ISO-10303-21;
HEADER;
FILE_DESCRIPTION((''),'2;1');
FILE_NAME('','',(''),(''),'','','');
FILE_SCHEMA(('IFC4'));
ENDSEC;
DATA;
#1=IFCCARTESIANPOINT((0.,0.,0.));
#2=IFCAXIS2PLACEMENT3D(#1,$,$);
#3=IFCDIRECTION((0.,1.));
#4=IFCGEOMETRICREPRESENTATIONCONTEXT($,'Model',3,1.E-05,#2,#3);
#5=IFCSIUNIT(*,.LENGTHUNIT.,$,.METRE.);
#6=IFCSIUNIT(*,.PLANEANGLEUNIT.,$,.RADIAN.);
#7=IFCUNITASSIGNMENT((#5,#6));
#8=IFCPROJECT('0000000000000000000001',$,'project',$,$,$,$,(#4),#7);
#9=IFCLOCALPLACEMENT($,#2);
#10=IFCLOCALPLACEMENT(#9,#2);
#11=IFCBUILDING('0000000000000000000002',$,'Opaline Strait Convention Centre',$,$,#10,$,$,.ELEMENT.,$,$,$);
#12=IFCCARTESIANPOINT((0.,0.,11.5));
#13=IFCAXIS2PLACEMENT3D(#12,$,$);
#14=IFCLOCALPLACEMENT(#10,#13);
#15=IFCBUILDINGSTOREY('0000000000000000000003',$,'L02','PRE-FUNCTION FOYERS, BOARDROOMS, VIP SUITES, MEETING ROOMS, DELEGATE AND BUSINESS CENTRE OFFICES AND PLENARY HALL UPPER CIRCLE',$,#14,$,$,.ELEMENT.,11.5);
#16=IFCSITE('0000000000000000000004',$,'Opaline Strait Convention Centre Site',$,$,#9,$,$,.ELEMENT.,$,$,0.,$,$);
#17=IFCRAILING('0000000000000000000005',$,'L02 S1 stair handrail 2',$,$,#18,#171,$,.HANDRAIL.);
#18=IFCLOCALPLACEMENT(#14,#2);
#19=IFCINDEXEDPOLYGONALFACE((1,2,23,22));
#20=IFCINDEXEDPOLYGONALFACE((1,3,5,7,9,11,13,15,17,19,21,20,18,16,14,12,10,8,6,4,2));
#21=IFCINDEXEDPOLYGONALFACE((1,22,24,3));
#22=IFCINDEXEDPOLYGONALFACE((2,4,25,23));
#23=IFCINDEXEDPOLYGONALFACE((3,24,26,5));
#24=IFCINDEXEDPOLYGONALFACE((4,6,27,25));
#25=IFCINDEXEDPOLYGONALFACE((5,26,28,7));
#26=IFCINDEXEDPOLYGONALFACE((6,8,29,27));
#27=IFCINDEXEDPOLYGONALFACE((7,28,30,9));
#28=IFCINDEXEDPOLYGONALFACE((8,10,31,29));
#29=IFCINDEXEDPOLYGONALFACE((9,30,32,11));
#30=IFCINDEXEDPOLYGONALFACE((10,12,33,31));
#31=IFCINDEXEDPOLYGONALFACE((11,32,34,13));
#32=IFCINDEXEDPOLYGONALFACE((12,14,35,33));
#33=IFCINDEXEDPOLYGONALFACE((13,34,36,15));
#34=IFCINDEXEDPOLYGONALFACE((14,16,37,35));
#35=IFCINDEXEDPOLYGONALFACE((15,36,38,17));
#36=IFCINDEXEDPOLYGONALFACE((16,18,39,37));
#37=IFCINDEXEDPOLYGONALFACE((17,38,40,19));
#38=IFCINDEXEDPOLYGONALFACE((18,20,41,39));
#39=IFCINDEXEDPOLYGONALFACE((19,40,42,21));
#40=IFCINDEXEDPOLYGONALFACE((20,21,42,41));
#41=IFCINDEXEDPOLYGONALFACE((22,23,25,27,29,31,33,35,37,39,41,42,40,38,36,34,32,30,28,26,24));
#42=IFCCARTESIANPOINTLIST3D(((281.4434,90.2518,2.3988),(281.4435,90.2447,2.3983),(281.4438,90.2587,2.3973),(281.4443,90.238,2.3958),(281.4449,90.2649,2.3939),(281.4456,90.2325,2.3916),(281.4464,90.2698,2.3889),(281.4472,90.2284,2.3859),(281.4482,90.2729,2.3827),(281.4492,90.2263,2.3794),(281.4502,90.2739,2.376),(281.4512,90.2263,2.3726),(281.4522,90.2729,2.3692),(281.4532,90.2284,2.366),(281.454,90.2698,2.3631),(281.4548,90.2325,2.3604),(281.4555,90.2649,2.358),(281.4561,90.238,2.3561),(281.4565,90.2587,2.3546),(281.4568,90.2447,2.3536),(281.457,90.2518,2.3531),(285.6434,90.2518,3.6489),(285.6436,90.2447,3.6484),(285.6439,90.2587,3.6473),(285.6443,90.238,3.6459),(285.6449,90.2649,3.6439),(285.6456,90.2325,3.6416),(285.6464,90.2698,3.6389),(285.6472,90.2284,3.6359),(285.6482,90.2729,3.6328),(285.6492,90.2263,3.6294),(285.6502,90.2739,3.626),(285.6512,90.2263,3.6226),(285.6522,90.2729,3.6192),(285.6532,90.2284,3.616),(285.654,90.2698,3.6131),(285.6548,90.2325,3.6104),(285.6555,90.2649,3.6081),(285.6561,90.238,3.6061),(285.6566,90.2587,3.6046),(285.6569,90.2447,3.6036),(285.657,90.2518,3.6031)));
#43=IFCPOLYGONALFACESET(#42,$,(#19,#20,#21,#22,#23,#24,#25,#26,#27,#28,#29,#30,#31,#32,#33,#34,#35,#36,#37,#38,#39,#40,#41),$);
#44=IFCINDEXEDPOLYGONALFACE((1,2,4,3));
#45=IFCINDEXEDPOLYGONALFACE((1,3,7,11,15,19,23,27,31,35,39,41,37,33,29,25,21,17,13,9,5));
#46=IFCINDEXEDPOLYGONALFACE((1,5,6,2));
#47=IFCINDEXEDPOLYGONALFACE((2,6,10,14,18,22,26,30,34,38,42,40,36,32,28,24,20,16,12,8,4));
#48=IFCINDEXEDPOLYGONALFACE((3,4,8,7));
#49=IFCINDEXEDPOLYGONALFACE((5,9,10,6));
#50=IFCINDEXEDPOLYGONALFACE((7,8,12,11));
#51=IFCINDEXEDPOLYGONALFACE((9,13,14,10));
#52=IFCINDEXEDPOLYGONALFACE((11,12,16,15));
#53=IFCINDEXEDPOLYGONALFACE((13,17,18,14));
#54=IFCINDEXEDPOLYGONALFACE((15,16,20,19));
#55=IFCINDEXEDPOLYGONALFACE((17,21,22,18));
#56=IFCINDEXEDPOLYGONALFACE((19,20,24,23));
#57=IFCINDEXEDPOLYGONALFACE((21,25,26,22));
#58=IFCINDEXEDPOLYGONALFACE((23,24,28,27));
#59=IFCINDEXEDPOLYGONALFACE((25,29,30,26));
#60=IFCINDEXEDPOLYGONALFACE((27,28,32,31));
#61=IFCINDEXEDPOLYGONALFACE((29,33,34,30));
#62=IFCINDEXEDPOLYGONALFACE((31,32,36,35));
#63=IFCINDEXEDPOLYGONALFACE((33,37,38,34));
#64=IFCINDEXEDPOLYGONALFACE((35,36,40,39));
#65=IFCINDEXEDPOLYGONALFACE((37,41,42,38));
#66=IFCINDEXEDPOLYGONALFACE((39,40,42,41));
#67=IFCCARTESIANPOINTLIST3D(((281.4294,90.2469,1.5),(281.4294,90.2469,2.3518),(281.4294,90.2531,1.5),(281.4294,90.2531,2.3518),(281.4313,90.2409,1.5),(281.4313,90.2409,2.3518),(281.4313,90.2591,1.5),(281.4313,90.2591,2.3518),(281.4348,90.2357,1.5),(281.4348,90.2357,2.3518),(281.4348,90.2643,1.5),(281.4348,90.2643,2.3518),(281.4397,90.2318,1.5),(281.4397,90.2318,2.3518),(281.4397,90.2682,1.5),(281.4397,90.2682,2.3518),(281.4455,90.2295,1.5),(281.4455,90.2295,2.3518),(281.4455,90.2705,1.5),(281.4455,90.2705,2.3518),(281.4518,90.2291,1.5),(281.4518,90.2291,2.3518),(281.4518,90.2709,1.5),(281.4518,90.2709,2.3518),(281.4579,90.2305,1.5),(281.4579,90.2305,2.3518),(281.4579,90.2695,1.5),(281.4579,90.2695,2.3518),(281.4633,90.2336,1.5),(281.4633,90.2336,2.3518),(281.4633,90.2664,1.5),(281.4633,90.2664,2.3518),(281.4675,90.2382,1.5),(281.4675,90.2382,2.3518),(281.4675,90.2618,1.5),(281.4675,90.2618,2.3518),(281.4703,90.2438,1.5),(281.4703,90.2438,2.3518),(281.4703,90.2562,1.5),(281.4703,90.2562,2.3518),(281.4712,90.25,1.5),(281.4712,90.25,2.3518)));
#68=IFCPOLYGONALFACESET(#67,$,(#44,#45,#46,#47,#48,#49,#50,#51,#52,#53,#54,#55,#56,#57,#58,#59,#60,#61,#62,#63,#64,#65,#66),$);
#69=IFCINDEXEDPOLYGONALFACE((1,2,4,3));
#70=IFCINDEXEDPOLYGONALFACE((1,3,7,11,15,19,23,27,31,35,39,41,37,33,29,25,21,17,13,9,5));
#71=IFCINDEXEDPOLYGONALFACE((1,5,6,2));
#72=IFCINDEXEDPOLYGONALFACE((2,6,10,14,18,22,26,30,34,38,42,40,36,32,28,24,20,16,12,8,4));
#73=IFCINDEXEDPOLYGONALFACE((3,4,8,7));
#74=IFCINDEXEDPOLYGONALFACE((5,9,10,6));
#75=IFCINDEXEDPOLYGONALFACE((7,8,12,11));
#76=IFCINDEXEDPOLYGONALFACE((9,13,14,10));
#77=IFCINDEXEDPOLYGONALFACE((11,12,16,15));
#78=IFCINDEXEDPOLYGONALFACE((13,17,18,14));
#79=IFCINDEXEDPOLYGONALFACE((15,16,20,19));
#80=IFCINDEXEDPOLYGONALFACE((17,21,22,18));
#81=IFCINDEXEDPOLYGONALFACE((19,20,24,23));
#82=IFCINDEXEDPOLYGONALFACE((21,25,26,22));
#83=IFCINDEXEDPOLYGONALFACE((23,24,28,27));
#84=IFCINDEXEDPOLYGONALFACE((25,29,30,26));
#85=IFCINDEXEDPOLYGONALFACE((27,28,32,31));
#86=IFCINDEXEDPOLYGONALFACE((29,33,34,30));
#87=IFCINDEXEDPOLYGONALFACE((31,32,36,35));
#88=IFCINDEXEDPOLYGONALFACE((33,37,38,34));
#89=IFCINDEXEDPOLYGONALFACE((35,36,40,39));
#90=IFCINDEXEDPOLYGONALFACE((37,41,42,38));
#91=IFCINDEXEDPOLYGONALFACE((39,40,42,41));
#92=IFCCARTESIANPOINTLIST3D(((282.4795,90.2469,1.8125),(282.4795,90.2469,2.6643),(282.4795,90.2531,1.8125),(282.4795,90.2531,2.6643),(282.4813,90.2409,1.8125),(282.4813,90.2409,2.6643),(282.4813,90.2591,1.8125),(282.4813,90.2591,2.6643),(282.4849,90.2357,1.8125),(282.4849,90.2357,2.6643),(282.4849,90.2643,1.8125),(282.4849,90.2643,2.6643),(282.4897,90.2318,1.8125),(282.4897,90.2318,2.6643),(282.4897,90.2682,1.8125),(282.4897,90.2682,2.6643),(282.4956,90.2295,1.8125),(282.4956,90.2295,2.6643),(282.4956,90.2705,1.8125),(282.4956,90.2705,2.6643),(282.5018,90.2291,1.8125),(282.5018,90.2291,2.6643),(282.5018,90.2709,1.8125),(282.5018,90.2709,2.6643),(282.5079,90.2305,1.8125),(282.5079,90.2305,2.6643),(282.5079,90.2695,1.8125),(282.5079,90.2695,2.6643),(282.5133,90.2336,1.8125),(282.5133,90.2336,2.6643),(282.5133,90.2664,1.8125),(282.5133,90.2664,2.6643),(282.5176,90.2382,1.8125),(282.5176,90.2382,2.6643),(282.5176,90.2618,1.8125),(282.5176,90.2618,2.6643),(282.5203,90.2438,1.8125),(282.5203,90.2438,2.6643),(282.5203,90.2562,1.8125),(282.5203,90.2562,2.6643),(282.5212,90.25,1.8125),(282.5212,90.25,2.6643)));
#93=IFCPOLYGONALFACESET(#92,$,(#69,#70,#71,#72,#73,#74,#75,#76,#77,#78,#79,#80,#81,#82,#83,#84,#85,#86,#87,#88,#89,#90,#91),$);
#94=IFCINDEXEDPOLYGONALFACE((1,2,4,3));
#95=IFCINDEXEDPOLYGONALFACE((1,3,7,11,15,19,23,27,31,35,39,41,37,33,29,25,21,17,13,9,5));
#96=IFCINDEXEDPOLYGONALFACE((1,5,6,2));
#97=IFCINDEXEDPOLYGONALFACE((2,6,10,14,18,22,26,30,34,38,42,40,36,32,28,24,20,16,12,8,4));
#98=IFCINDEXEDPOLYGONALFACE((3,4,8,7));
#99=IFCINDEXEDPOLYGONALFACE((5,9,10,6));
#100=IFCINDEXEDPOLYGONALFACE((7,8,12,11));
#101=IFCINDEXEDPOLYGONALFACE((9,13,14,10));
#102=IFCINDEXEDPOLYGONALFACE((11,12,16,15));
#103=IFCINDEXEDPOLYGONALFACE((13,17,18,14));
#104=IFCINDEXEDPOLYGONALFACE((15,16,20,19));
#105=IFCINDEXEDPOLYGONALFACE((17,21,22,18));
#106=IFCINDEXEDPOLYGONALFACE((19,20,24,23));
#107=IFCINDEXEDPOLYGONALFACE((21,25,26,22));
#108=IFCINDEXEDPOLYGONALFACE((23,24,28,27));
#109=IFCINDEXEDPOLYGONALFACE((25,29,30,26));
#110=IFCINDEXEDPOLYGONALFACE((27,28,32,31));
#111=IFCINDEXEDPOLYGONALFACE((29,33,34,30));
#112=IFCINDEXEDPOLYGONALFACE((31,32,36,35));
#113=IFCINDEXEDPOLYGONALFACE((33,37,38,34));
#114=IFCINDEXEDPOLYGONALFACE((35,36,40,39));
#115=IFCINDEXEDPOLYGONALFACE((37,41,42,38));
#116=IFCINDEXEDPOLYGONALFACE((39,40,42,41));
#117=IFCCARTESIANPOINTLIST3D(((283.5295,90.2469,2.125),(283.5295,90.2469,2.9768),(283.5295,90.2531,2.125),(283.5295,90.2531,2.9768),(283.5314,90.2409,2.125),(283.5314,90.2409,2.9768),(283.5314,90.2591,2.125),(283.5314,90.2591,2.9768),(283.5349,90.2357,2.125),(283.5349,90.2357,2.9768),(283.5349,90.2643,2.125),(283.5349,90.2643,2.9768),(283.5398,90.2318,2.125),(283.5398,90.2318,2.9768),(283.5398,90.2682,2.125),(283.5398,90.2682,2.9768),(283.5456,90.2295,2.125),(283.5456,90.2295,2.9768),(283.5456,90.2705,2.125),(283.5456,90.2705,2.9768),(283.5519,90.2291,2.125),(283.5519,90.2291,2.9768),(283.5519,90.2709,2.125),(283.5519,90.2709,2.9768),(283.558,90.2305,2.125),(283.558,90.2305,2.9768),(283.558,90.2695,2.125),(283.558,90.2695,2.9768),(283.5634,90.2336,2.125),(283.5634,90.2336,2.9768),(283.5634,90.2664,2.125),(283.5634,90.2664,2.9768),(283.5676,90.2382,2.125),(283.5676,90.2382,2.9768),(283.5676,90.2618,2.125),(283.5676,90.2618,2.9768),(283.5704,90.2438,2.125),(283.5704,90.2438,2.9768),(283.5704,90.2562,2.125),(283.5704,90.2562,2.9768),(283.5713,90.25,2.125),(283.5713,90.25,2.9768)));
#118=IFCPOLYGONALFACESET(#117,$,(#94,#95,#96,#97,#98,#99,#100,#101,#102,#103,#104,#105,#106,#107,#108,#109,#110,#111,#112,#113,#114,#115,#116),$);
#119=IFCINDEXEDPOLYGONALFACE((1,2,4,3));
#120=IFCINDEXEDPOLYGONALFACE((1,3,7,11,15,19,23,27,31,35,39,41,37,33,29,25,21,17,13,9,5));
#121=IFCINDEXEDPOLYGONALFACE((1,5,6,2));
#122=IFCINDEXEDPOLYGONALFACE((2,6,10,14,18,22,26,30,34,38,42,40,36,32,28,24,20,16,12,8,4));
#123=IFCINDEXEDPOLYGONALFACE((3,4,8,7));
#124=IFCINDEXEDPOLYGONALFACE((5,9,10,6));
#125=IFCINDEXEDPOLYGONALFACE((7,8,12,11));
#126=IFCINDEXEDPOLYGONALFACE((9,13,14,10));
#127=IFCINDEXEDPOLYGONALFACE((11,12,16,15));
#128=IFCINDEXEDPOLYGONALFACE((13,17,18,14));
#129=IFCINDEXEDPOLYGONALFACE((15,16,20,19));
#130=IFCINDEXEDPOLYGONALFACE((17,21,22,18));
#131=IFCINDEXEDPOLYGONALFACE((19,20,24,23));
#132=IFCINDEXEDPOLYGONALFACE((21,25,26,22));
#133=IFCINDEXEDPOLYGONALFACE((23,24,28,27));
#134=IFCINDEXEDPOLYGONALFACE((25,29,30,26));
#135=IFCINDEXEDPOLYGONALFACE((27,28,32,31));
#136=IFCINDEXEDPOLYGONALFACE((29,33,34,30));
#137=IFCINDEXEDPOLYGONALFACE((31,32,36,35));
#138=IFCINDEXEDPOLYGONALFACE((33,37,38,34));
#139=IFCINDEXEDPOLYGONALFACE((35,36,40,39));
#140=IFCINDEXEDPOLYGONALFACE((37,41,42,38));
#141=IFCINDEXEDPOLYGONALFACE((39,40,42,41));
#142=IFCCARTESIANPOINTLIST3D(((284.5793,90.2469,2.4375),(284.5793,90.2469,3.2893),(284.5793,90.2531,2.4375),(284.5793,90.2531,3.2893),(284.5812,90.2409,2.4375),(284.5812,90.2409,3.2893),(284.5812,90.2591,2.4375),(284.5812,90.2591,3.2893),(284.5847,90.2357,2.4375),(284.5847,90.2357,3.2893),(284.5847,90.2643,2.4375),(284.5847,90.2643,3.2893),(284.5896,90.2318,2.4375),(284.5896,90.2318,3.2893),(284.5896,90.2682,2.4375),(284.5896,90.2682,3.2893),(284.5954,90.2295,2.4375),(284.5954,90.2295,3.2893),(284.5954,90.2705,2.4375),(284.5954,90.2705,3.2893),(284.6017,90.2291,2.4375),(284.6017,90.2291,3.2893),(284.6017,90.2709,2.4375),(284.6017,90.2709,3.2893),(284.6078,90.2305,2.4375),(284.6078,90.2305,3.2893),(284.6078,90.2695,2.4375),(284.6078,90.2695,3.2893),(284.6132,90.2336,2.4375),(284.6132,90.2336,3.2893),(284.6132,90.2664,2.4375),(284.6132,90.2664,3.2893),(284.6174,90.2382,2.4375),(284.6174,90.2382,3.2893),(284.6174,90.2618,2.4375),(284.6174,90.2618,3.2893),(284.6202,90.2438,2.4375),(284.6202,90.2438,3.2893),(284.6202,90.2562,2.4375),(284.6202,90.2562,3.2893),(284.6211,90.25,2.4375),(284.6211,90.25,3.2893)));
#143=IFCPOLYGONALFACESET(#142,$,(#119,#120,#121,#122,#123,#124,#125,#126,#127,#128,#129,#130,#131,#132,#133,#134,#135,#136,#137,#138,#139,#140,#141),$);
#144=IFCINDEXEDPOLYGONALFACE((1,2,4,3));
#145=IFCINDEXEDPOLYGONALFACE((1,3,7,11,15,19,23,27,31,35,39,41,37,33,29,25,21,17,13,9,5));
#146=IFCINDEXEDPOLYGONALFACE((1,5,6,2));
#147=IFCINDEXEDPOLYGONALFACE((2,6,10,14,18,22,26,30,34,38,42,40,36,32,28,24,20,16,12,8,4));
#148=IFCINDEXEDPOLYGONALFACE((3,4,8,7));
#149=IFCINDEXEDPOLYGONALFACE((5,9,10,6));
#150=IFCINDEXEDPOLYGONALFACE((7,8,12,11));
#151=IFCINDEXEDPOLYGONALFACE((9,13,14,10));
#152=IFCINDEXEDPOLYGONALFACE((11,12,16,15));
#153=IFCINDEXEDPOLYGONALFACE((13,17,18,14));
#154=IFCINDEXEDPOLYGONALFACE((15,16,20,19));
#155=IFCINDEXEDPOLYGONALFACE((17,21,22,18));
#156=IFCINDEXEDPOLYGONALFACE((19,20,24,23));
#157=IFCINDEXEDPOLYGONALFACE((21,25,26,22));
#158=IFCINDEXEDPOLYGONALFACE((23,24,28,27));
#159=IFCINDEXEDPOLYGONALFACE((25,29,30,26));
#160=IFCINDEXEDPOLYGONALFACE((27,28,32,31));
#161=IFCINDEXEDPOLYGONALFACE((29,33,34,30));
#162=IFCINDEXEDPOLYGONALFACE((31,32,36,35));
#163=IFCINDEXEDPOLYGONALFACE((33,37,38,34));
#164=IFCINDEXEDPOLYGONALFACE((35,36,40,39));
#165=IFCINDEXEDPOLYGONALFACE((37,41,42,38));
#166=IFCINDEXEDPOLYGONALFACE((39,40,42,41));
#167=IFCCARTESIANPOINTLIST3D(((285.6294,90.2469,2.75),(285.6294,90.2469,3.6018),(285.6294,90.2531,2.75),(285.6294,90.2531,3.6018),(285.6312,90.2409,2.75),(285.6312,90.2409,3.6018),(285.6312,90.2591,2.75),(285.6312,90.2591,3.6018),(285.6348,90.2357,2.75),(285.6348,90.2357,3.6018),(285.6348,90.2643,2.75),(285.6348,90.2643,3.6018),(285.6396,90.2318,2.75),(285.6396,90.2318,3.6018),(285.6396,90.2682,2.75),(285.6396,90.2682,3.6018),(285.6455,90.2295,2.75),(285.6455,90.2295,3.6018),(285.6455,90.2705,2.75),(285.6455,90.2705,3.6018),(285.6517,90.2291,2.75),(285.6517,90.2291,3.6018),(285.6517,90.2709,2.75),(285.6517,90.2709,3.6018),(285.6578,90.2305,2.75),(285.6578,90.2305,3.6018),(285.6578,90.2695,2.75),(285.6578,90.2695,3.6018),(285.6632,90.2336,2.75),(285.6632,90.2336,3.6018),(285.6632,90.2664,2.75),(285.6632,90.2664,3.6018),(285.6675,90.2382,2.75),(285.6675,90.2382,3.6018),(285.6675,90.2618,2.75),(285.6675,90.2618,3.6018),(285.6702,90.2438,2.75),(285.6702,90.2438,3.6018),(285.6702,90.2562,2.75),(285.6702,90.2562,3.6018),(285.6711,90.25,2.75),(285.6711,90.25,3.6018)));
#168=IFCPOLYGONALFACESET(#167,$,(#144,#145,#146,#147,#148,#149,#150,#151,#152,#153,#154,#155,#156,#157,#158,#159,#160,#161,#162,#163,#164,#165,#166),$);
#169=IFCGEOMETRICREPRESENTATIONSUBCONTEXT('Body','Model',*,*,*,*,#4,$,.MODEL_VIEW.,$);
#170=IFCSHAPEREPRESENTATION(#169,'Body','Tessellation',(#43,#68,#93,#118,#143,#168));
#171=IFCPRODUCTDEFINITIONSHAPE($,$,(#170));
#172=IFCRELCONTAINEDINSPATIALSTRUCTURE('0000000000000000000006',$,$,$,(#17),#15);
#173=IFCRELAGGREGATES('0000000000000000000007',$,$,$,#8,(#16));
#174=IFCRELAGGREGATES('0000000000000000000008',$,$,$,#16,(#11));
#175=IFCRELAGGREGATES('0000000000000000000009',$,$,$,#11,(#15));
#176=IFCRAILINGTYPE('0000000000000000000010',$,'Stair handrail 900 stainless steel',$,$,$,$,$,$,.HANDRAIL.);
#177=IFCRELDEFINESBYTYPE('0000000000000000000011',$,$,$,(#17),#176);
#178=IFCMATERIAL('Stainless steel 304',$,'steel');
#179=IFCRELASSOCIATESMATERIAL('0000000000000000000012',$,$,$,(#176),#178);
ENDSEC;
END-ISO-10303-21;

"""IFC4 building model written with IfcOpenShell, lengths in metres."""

from ifc_helpers import new_model, si_unit, direction, frame, origin, origin_2d, place, context, subcontext, project, spatial, circle, extrude, material, type_object, element, save


model = new_model("IFC4")

# Units and contexts
model_context = context("Model", 3, precision=1e-05, world=origin(), true_north=direction((0.0, 1.0)))
body_context = subcontext(model_context, "Body", "Model", "MODEL_VIEW")
ifc_project = project(units=[si_unit("LENGTHUNIT", "METRE"), si_unit("PLANEANGLEUNIT", "RADIAN")], contexts=[model_context])

# Site, building, storey
site_placement = place(None, origin())
site = spatial("IfcSite", under=ifc_project, at=site_placement, Name="Opaline Strait Convention Centre Site", CompositionType="ELEMENT", RefElevation=0.0)
building_placement = place(site_placement, origin())
building = spatial("IfcBuilding", under=site, at=building_placement, Name="Opaline Strait Convention Centre", CompositionType="ELEMENT")
storey_placement = place(building_placement, frame((0.0, 0.0, 11.5)))
storey = spatial("IfcBuildingStorey", under=building, at=storey_placement, Name="L02", Description="PRE-FUNCTION FOYERS, BOARDROOMS, VIP SUITES, MEETING ROOMS, DELEGATE AND BUSINESS CENTRE OFFICES AND PLENARY HALL UPPER CIRCLE", CompositionType="ELEMENT", Elevation=11.5)

# Railing
ifc_material_1 = material(Name="Stainless steel 304", Category="steel")
railing_type = type_object("IfcRailingType", Name="Stair handrail 900 stainless steel", PredefinedType="HANDRAIL", material=ifc_material_1)
for number, where, name in (
    (1, (281.4502, 90.25, 1.5), "L02 S1 stair handrail 2"),
):
    element("IfcRailing", number, at=place(storey_placement, frame(where)), inside=storey, type_object=railing_type, Name=name, PredefinedType="HANDRAIL", context=body_context, shape_type="SweptSolid", body=[
        extrude(circle(Radius=0.0239, at=origin_2d()), frame((0.0, 0.0, 0.876), z_axis=(0.958451, 0.0, 0.285257), x_axis=(0.0, 1.0, 0.0)), (0.0, 0.0, 1.0), 4.3821),
        extrude(circle(Radius=0.021, at=origin_2d()), origin(), (0.0, 0.0, 1.0), 0.8518),
        extrude(circle(Radius=0.021, at=origin_2d()), frame((1.05, 0.0, 0.3125)), (0.0, 0.0, 1.0), 0.8518),
        extrude(circle(Radius=0.021, at=origin_2d()), frame((2.1001, 0.0, 0.625)), (0.0, 0.0, 1.0), 0.8518),
        extrude(circle(Radius=0.021, at=origin_2d()), frame((3.1499, 0.0, 0.9375)), (0.0, 0.0, 1.0), 0.8518),
        extrude(circle(Radius=0.021, at=origin_2d()), frame((4.2, 0.0, 1.25)), (0.0, 0.0, 1.0), 0.8518),
    ])

save(model, "model.ifc")
